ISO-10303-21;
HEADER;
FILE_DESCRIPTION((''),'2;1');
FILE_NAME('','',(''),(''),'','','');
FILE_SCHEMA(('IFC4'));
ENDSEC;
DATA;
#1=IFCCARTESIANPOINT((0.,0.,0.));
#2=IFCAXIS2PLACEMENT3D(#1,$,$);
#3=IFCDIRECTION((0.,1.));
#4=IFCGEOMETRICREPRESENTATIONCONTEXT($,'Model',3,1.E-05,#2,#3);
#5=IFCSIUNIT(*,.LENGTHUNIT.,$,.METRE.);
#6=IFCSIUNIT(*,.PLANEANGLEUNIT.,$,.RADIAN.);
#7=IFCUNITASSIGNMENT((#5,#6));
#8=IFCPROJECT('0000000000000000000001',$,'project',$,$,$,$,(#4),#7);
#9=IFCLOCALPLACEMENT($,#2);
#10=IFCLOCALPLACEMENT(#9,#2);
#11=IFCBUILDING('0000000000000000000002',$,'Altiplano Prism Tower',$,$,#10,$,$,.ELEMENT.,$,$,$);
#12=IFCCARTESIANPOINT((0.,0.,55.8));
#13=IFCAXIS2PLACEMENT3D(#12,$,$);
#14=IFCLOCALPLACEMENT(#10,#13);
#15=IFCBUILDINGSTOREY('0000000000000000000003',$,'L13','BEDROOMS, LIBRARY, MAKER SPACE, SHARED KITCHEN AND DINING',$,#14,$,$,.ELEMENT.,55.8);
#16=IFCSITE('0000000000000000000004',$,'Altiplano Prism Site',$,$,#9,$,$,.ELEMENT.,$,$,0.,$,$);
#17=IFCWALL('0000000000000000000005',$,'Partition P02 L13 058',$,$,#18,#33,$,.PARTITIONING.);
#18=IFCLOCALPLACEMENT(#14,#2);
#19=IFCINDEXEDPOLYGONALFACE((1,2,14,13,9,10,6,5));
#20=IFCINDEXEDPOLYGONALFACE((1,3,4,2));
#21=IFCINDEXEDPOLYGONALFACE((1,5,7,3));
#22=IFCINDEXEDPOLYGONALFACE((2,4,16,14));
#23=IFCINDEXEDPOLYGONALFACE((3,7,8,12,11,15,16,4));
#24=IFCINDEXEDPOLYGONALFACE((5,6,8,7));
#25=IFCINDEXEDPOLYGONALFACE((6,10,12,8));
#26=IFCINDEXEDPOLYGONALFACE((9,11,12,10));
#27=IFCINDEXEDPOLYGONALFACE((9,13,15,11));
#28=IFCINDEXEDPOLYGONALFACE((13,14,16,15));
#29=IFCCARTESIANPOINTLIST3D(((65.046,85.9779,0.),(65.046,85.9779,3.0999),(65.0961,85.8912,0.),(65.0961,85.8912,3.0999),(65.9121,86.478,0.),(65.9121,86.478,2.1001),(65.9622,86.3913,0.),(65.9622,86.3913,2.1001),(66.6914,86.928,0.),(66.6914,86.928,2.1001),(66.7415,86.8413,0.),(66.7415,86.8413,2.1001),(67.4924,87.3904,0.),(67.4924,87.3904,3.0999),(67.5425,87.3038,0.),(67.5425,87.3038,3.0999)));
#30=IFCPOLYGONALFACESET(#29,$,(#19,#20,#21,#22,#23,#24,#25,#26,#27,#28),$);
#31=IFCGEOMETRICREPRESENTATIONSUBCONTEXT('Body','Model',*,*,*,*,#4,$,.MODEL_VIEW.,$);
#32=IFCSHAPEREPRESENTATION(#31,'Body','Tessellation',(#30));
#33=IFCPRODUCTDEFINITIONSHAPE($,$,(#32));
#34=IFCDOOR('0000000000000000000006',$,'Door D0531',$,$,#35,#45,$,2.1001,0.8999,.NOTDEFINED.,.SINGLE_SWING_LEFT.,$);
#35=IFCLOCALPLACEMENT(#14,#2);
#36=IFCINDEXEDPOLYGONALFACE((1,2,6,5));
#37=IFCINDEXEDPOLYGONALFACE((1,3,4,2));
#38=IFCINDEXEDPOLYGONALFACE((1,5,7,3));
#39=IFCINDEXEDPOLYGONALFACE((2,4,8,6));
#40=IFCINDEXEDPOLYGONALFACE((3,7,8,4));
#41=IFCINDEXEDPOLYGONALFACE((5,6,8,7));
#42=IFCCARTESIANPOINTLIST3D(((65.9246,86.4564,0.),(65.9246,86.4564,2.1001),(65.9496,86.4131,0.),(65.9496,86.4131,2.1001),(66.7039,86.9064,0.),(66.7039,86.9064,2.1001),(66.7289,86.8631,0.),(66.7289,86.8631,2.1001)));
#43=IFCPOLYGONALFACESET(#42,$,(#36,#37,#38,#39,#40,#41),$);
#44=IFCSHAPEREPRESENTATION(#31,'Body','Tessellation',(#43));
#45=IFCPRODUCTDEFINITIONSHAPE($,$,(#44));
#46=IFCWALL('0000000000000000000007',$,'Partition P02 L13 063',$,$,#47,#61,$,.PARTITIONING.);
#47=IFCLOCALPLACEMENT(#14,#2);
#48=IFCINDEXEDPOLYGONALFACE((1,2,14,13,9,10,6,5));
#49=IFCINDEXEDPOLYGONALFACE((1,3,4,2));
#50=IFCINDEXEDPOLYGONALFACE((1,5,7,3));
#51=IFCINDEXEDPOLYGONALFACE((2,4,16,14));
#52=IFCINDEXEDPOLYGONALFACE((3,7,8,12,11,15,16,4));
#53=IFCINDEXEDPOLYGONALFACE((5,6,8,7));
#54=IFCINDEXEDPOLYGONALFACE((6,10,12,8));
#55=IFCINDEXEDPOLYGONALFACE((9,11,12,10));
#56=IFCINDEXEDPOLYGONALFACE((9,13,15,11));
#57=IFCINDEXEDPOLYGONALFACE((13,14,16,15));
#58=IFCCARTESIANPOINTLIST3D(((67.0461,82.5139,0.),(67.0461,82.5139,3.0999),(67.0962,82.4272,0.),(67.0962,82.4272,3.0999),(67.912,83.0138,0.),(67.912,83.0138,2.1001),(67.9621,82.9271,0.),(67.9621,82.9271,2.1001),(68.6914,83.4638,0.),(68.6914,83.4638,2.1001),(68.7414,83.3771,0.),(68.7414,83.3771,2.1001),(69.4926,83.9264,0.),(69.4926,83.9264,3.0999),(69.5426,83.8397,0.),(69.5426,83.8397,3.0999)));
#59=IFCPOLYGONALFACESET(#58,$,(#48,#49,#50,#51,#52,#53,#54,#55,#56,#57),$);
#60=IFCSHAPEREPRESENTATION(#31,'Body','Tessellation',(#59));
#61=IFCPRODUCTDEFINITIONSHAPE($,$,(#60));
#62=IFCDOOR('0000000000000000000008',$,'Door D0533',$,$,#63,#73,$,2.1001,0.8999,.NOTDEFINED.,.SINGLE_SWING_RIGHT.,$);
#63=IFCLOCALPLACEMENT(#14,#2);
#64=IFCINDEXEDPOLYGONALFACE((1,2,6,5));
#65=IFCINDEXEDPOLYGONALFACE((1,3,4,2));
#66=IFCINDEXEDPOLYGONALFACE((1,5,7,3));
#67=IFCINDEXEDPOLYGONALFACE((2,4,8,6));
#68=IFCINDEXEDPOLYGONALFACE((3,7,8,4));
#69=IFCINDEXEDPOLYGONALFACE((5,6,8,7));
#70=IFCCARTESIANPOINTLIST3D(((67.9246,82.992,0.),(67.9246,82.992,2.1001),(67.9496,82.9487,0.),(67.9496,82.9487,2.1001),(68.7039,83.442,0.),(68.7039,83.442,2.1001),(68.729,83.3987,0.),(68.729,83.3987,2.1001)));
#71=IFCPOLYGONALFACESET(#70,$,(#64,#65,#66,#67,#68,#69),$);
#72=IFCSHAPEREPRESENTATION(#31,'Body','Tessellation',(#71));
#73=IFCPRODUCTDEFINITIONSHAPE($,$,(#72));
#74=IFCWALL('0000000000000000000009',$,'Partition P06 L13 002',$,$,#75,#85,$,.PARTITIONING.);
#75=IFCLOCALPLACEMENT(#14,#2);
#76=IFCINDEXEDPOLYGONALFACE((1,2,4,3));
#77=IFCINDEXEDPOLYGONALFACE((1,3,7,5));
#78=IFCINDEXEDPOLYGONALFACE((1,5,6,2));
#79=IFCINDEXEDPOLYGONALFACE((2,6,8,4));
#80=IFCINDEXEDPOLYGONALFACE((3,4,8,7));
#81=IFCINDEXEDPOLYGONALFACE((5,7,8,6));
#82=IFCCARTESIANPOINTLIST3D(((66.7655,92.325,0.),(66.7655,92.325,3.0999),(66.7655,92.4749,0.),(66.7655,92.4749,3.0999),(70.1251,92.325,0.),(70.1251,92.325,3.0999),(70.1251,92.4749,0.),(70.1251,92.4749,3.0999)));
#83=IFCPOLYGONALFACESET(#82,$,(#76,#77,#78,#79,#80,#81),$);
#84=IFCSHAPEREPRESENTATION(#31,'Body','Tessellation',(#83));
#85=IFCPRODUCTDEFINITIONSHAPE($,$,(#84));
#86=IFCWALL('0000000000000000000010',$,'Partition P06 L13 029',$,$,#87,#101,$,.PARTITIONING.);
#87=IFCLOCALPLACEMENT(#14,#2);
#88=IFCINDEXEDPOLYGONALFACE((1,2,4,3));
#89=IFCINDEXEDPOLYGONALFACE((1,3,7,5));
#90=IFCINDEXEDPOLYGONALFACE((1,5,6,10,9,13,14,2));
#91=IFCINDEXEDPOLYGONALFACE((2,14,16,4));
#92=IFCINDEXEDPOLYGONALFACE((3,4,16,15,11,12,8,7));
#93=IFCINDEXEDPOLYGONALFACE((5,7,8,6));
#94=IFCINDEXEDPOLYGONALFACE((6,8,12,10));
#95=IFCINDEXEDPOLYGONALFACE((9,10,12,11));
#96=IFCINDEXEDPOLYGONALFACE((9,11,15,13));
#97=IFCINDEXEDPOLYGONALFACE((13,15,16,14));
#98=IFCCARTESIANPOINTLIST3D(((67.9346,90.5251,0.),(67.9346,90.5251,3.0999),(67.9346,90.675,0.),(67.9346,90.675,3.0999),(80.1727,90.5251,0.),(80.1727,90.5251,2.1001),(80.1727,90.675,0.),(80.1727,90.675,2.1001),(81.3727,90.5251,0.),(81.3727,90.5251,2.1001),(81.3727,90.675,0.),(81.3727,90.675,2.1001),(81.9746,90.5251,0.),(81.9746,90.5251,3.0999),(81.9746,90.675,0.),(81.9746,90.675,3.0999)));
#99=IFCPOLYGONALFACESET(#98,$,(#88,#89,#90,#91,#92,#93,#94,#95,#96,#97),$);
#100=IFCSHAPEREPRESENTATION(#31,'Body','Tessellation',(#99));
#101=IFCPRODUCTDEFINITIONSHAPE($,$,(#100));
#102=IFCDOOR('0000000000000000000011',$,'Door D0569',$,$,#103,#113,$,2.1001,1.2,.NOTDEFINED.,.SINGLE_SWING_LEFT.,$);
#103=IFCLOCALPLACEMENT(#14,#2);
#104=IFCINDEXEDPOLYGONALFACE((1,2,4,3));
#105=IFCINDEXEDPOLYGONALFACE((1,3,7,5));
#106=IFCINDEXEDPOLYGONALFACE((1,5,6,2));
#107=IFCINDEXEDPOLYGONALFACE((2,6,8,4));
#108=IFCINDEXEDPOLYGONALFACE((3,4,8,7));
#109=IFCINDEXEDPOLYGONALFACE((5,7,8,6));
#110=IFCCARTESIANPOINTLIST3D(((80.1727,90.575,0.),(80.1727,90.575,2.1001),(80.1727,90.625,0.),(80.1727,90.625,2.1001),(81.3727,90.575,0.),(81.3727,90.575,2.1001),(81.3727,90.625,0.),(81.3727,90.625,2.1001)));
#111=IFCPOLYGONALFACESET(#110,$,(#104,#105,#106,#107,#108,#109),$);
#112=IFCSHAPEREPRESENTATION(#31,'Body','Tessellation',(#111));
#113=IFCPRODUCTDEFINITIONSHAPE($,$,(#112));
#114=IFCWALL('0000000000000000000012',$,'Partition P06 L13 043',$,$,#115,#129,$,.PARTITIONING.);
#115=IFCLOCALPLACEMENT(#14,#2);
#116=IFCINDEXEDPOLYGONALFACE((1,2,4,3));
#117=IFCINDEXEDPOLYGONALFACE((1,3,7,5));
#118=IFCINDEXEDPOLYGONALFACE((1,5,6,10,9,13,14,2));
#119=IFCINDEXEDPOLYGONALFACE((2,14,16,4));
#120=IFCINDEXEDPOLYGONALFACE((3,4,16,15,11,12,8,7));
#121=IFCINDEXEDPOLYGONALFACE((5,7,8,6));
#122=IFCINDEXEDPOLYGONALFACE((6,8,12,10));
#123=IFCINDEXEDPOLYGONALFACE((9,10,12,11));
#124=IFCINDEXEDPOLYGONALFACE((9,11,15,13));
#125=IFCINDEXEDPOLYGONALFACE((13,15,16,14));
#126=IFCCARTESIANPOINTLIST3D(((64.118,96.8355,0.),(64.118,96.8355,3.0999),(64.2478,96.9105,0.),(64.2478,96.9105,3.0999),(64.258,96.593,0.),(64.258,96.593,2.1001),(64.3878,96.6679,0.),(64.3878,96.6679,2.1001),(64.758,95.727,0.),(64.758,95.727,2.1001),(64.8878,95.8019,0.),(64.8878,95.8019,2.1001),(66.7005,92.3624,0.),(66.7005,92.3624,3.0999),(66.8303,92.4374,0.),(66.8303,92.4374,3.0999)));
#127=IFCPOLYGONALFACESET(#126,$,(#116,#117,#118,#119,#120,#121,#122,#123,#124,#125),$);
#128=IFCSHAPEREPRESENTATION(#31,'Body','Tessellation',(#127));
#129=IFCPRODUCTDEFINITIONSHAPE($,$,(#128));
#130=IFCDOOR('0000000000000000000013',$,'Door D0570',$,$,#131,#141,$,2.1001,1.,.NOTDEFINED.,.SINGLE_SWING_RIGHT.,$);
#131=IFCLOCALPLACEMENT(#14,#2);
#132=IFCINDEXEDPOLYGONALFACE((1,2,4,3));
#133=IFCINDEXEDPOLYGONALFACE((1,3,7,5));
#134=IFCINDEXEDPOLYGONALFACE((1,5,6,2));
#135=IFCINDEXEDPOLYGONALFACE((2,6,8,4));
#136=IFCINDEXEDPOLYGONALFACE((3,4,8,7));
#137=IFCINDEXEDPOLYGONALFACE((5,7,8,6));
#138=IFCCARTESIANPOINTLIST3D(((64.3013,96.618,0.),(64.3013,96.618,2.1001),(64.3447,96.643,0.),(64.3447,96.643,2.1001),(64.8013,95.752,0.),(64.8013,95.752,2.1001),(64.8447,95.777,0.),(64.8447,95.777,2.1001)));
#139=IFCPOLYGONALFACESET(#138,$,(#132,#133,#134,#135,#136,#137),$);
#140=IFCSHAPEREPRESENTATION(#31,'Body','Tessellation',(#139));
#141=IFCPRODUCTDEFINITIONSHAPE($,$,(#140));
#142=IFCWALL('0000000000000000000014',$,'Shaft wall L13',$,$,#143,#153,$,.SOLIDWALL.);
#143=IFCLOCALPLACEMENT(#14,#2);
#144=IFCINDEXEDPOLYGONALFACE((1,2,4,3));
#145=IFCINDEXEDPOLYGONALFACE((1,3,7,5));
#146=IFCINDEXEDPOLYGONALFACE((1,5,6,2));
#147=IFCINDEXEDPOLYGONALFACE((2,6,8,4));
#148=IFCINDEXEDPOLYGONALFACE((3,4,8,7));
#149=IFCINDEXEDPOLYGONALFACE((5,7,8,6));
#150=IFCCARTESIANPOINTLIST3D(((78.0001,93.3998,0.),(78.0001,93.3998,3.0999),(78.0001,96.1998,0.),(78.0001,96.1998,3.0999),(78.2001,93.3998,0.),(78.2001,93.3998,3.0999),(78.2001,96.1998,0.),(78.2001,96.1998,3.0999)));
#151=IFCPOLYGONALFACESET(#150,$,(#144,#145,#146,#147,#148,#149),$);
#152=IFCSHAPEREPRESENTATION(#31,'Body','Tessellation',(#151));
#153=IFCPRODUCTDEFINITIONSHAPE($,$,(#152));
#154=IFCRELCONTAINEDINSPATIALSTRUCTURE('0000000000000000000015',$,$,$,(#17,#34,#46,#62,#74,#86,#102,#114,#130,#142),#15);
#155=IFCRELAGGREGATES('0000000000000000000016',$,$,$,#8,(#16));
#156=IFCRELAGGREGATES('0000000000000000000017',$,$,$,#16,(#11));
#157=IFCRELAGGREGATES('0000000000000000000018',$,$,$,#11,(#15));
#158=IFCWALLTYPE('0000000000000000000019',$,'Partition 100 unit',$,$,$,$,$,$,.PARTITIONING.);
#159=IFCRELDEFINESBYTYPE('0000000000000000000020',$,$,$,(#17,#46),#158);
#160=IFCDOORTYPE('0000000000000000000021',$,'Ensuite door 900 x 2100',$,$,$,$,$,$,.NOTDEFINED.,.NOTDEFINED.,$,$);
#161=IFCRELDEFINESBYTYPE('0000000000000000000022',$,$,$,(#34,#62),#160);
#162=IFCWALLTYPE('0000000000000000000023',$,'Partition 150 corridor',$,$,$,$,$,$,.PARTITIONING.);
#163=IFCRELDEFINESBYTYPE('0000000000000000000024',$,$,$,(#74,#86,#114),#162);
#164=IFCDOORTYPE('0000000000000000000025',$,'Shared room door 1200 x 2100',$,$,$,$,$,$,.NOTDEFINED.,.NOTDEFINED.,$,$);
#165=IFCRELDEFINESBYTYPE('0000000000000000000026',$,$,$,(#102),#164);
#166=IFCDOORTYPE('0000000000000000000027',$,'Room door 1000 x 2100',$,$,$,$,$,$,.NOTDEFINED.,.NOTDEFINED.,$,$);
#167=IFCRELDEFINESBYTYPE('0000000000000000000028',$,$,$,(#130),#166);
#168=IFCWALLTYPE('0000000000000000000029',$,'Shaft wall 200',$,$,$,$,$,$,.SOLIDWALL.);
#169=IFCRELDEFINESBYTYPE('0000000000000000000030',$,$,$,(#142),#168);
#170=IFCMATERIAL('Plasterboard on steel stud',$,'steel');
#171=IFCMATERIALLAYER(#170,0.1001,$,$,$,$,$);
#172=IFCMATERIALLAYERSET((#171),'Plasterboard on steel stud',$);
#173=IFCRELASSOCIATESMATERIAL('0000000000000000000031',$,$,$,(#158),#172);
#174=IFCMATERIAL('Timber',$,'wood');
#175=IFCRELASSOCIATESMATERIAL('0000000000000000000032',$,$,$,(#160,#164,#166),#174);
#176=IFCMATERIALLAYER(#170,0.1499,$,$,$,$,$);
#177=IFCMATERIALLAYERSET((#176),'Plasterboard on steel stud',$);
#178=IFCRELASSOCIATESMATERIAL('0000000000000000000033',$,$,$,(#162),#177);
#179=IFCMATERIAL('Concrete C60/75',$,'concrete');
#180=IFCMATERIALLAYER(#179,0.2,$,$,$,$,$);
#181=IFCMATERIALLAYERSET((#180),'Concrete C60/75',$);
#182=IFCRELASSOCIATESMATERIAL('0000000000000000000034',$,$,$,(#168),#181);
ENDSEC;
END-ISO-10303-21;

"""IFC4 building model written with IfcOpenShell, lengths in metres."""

from ifc_helpers import new_model, si_unit, direction, frame, frame_2d, origin, place, context, subcontext, project, spatial, rectangle, extrude, material, layer, layer_set, type_object, element, fill, save


model = new_model("IFC4")

# Units and contexts
model_context = context("Model", 3, precision=1e-05, world=origin(), true_north=direction((0.0, 1.0)))
body_context = subcontext(model_context, "Body", "Model", "MODEL_VIEW")
ifc_project = project(units=[si_unit("LENGTHUNIT", "METRE"), si_unit("PLANEANGLEUNIT", "RADIAN")], contexts=[model_context])

# Site, building, storey
site_placement = place(None, origin())
site = spatial("IfcSite", under=ifc_project, at=site_placement, Name="Altiplano Prism Site", CompositionType="ELEMENT", RefElevation=0.0)
building_placement = place(site_placement, origin())
building = spatial("IfcBuilding", under=site, at=building_placement, Name="Altiplano Prism Tower", CompositionType="ELEMENT")
storey_placement = place(building_placement, frame((0.0, 0.0, 55.8)))
storey = spatial("IfcBuildingStorey", under=building, at=storey_placement, Name="L13", Description="BEDROOMS, LIBRARY, MAKER SPACE, SHARED KITCHEN AND DINING", CompositionType="ELEMENT", Elevation=55.8)

# Shared definitions
ifc_material_1 = material(Name="Concrete C60/75", Category="concrete")

# Walls, openings, doors
ifc_material_2 = material(Name="Plasterboard on steel stud", Category="steel")
ifc_layer_1 = layer(ifc_material_2, 0.1001)
ifc_layer_set_1 = layer_set([ifc_layer_1], Name="Plasterboard on steel stud")
wall_type_1 = type_object("IfcWallType", Name="Partition 100 unit", PredefinedType="PARTITIONING", material=ifc_layer_set_1)
wall_1_placement = place(storey_placement, frame((67.5176, 87.3472, 0.0), z_axis=(0.0, 0.0, 1.0), x_axis=(-0.866011, -0.500024, 0.0)))
wall_1 = element("IfcWall", 1, at=wall_1_placement, inside=storey, type_object=wall_type_1, Name="Partition P02 L13 058", PredefinedType="PARTITIONING", context=body_context, shape_type="SweptSolid", body=[
    extrude(rectangle(XDim=2.825, YDim=0.1001, at=frame_2d((1.4126, 0.0))), origin(), (0.0, 0.0, 1.0), 3.0999),
])
opening_1_placement = place(wall_1_placement, frame((0.925, 0.0, 0.0)))
opening_1 = element("IfcOpeningElement", 2, at=opening_1_placement, cuts=wall_1, PredefinedType="OPENING", context=body_context, shape_type="SweptSolid", body=[
    extrude(rectangle(XDim=0.8999, YDim=2.1001, at=frame_2d((0.45, 1.05))), frame((0.0, 0.0605, 0.0), z_axis=(0.0, -1.0, 0.0), x_axis=(1.0, 0.0, 0.0)), (0.0, 0.0, 1.0), 0.1211),
])
ifc_material_3 = material(Name="Timber", Category="wood")
door_type_1 = type_object("IfcDoorType", Name="Ensuite door 900 x 2100", OperationType="NOTDEFINED", PredefinedType="NOTDEFINED", material=ifc_material_3)
door_1_placement = place(opening_1_placement, origin())
door_1 = element("IfcDoor", 3, at=door_1_placement, inside=storey, type_object=door_type_1, Name="Door D0531", OperationType="SINGLE_SWING_LEFT", OverallHeight=2.1001, OverallWidth=0.8999, PredefinedType="NOTDEFINED", context=body_context, shape_type="SweptSolid", body=[
    extrude(rectangle(XDim=0.8999, YDim=2.1001, at=frame_2d((0.45, 1.05))), frame((0.0, 0.0249, 0.0), z_axis=(0.0, -1.0, 0.0), x_axis=(1.0, 0.0, 0.0)), (0.0, 0.0, 1.0), 0.05),
])
fill(opening_1, door_1)
wall_2_placement = place(storey_placement, frame((67.071, 82.4705, 0.0), z_axis=(0.0, 0.0, 1.0), x_axis=(0.866011, 0.500024, 0.0)))
wall_2 = element("IfcWall", 4, at=wall_2_placement, inside=storey, type_object=wall_type_1, Name="Partition P02 L13 063", PredefinedType="PARTITIONING", context=body_context, shape_type="SweptSolid", body=[
    extrude(rectangle(XDim=2.825, YDim=0.1001, at=frame_2d((1.4126, 0.0))), origin(), (0.0, 0.0, 1.0), 3.0999),
])
opening_2_placement = place(wall_2_placement, frame((1.0, 0.0, 0.0)))
opening_2 = element("IfcOpeningElement", 5, at=opening_2_placement, cuts=wall_2, PredefinedType="OPENING", context=body_context, shape_type="SweptSolid", body=[
    extrude(rectangle(XDim=0.8999, YDim=2.1001, at=frame_2d((0.45, 1.05))), frame((0.0, 0.0605, 0.0), z_axis=(0.0, -1.0, 0.0), x_axis=(1.0, 0.0, 0.0)), (0.0, 0.0, 1.0), 0.1211),
])
door_2_placement = place(opening_2_placement, origin())
door_2 = element("IfcDoor", 6, at=door_2_placement, inside=storey, type_object=door_type_1, Name="Door D0533", OperationType="SINGLE_SWING_RIGHT", OverallHeight=2.1001, OverallWidth=0.8999, PredefinedType="NOTDEFINED", context=body_context, shape_type="SweptSolid", body=[
    extrude(rectangle(XDim=0.8999, YDim=2.1001, at=frame_2d((0.45, 1.05))), frame((0.0, 0.0249, 0.0), z_axis=(0.0, -1.0, 0.0), x_axis=(1.0, 0.0, 0.0)), (0.0, 0.0, 1.0), 0.05),
])
fill(opening_2, door_2)

# Wall
ifc_layer_2 = layer(ifc_material_2, 0.1499)
ifc_layer_set_2 = layer_set([ifc_layer_2], Name="Plasterboard on steel stud")
wall_type_2 = type_object("IfcWallType", Name="Partition 150 corridor", PredefinedType="PARTITIONING", material=ifc_layer_set_2)
wall_3_placement = place(storey_placement, frame((70.125, 92.3999, 0.0), z_axis=(0.0, 0.0, 1.0), x_axis=(-1.0, 0.0, 0.0)))
element("IfcWall", 7, at=wall_3_placement, inside=storey, type_object=wall_type_2, Name="Partition P06 L13 002", PredefinedType="PARTITIONING", context=body_context, shape_type="SweptSolid", body=[
    extrude(rectangle(XDim=3.3596, YDim=0.1499, at=frame_2d((1.6797, 0.0))), origin(), (0.0, 0.0, 1.0), 3.0999),
])

# Walls, openings, doors
wall_4_placement = place(storey_placement, frame((67.9346, 90.6001, 0.0), z_axis=(0.0, 0.0, 1.0), x_axis=(1.0, 0.0, 0.0)))
wall_4 = element("IfcWall", 8, at=wall_4_placement, inside=storey, type_object=wall_type_2, Name="Partition P06 L13 029", PredefinedType="PARTITIONING", context=body_context, shape_type="SweptSolid", body=[
    extrude(rectangle(XDim=14.04, YDim=0.1499, at=frame_2d((7.02, 0.0))), origin(), (0.0, 0.0, 1.0), 3.0999),
])
opening_3_placement = place(wall_4_placement, frame((12.238, 0.0, 0.0)))
opening_3 = element("IfcOpeningElement", 9, at=opening_3_placement, cuts=wall_4, PredefinedType="OPENING", context=body_context, shape_type="SweptSolid", body=[
    extrude(rectangle(XDim=1.2, YDim=2.1001, at=frame_2d((0.6001, 1.05))), frame((0.0, 0.0854, 0.0), z_axis=(0.0, -1.0, 0.0), x_axis=(1.0, 0.0, 0.0)), (0.0, 0.0, 1.0), 0.1709),
])
door_type_2 = type_object("IfcDoorType", Name="Shared room door 1200 x 2100", OperationType="NOTDEFINED", PredefinedType="NOTDEFINED", material=ifc_material_3)
door_3_placement = place(opening_3_placement, origin())
door_3 = element("IfcDoor", 10, at=door_3_placement, inside=storey, type_object=door_type_2, Name="Door D0569", OperationType="SINGLE_SWING_LEFT", OverallHeight=2.1001, OverallWidth=1.2, PredefinedType="NOTDEFINED", context=body_context, shape_type="SweptSolid", body=[
    extrude(rectangle(XDim=1.2, YDim=2.1001, at=frame_2d((0.6001, 1.05))), frame((0.0, 0.0249, 0.0), z_axis=(0.0, -1.0, 0.0), x_axis=(1.0, 0.0, 0.0)), (0.0, 0.0, 1.0), 0.05),
])
fill(opening_3, door_3)
wall_5_placement = place(storey_placement, frame((66.7654, 92.3999, 0.0), z_axis=(0.0, 0.0, 1.0), x_axis=(-0.499992, 0.86603, 0.0)))
wall_5 = element("IfcWall", 11, at=wall_5_placement, inside=storey, type_object=wall_type_2, Name="Partition P06 L13 043", PredefinedType="PARTITIONING", context=body_context, shape_type="SweptSolid", body=[
    extrude(rectangle(XDim=5.165, YDim=0.1499, at=frame_2d((2.5825, 0.0))), origin(), (0.0, 0.0, 1.0), 3.0999),
])
opening_4_placement = place(wall_5_placement, frame((3.885, 0.0, 0.0)))
opening_4 = element("IfcOpeningElement", 12, at=opening_4_placement, cuts=wall_5, PredefinedType="OPENING", context=body_context, shape_type="SweptSolid", body=[
    extrude(rectangle(XDim=1.0, YDim=2.1001, at=frame_2d((0.5, 1.05))), frame((0.0, 0.0854, 0.0), z_axis=(0.0, -1.0, 0.0), x_axis=(1.0, 0.0, 0.0)), (0.0, 0.0, 1.0), 0.1709),
])
door_type_3 = type_object("IfcDoorType", Name="Room door 1000 x 2100", OperationType="NOTDEFINED", PredefinedType="NOTDEFINED", material=ifc_material_3)
door_4_placement = place(opening_4_placement, origin())
door_4 = element("IfcDoor", 13, at=door_4_placement, inside=storey, type_object=door_type_3, Name="Door D0570", OperationType="SINGLE_SWING_RIGHT", OverallHeight=2.1001, OverallWidth=1.0, PredefinedType="NOTDEFINED", context=body_context, shape_type="SweptSolid", body=[
    extrude(rectangle(XDim=1.0, YDim=2.1001, at=frame_2d((0.5, 1.05))), frame((0.0, 0.0249, 0.0), z_axis=(0.0, -1.0, 0.0), x_axis=(1.0, 0.0, 0.0)), (0.0, 0.0, 1.0), 0.05),
])
fill(opening_4, door_4)

# Wall
ifc_layer_3 = layer(ifc_material_1, 0.2)
ifc_layer_set_3 = layer_set([ifc_layer_3], Name="Concrete C60/75")
wall_type_3 = type_object("IfcWallType", Name="Shaft wall 200", PredefinedType="SOLIDWALL", material=ifc_layer_set_3)
wall_6_placement = place(storey_placement, frame((78.1001, 93.3999, 0.0), z_axis=(0.0, 0.0, 1.0), x_axis=(0.0, 1.0, 0.0)))
element("IfcWall", 14, at=wall_6_placement, inside=storey, type_object=wall_type_3, Name="Shaft wall L13", PredefinedType="SOLIDWALL", context=body_context, shape_type="SweptSolid", body=[
    extrude(rectangle(XDim=2.8, YDim=0.2, at=frame_2d((1.3999, 0.0))), origin(), (0.0, 0.0, 1.0), 3.0999),
])

save(model, "model.ifc")
